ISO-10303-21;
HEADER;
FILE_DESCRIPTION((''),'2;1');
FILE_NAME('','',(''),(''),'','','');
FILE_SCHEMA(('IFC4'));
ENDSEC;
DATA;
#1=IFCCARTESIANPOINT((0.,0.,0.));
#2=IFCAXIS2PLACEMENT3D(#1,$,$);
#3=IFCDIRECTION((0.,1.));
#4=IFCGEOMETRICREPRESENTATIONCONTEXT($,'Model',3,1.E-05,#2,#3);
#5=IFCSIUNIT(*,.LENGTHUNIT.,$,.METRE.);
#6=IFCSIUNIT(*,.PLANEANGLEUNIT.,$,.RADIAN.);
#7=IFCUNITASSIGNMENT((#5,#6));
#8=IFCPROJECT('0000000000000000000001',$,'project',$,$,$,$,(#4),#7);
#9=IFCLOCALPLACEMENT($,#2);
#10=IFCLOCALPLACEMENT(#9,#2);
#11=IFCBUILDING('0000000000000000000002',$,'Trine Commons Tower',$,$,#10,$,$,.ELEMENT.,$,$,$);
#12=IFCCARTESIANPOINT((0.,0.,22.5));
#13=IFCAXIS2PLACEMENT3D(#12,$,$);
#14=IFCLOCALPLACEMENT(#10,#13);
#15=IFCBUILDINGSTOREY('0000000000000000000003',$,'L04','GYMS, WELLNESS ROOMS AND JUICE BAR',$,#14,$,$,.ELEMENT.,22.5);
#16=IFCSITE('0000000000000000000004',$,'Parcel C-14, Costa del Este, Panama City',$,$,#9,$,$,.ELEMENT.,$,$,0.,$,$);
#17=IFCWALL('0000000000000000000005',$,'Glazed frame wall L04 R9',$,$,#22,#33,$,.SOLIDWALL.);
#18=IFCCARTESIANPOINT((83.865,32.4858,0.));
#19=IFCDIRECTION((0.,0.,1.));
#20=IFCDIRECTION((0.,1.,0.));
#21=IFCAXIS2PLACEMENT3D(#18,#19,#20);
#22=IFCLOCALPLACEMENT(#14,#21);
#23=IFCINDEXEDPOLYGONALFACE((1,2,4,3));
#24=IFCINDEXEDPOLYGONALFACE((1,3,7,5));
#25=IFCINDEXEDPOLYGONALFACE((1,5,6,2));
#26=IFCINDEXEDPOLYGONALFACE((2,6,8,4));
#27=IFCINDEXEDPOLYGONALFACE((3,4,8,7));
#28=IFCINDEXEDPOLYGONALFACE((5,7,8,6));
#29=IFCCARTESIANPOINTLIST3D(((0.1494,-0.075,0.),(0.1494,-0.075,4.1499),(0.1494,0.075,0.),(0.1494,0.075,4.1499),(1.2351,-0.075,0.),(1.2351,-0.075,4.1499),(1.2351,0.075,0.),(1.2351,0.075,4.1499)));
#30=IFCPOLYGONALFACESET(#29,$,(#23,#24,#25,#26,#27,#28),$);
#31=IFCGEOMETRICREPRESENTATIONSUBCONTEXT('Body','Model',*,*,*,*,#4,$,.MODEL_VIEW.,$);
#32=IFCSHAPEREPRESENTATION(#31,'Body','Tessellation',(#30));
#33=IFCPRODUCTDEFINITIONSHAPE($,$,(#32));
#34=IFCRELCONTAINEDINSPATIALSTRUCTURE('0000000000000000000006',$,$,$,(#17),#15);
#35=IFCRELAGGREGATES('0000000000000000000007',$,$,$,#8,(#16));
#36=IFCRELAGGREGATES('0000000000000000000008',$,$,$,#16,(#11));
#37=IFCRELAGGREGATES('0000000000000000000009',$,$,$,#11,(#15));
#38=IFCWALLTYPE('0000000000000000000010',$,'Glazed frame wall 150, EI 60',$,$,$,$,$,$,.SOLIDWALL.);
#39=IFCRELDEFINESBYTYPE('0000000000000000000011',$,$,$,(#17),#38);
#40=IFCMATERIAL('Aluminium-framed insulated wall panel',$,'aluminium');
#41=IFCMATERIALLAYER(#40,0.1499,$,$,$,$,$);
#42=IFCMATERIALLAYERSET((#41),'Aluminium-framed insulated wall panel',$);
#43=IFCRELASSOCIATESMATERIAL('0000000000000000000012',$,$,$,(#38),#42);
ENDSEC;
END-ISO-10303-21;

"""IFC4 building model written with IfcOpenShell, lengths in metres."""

from ifc_helpers import new_model, si_unit, direction, frame, origin, place, context, subcontext, project, spatial, polyline, outline, extrude, material, layer, layer_set, type_object, element, save


model = new_model("IFC4")

# Units and contexts
model_context = context("Model", 3, precision=1e-05, world=origin(), true_north=direction((0.0, 1.0)))
body_context = subcontext(model_context, "Body", "Model", "MODEL_VIEW")
ifc_project = project(units=[si_unit("LENGTHUNIT", "METRE"), si_unit("PLANEANGLEUNIT", "RADIAN")], contexts=[model_context])

# Site, building, storey
site_placement = place(None, origin())
site = spatial("IfcSite", under=ifc_project, at=site_placement, Name="Parcel C-14, Costa del Este, Panama City", CompositionType="ELEMENT", RefElevation=0.0)
building_placement = place(site_placement, origin())
building = spatial("IfcBuilding", under=site, at=building_placement, Name="Trine Commons Tower", CompositionType="ELEMENT")
storey_placement = place(building_placement, frame((0.0, 0.0, 22.5)))
storey = spatial("IfcBuildingStorey", under=building, at=storey_placement, Name="L04", Description="GYMS, WELLNESS ROOMS AND JUICE BAR", CompositionType="ELEMENT", Elevation=22.5)

# Wall
ifc_material_1 = material(Name="Aluminium-framed insulated wall panel", Category="aluminium")
ifc_layer_1 = layer(ifc_material_1, 0.1499)
ifc_layer_set_1 = layer_set([ifc_layer_1], Name="Aluminium-framed insulated wall panel")
wall_type = type_object("IfcWallType", Name="Glazed frame wall 150, EI 60", PredefinedType="SOLIDWALL", material=ifc_layer_set_1)
wall_placement = place(storey_placement, frame((83.865, 32.4858, 0.0), z_axis=(0.0, 0.0, 1.0), x_axis=(0.0, 1.0, 0.0)))
element("IfcWall", 1, at=wall_placement, inside=storey, type_object=wall_type, Name="Glazed frame wall L04 R9", PredefinedType="SOLIDWALL", context=body_context, shape_type="SweptSolid", body=[
    extrude(outline(polyline([(0.1494, 0.075), (0.1494, -0.075), (1.2351, -0.075), (1.2351, 0.075), (0.1494, 0.075)])), origin(), (0.0, 0.0, 1.0), 4.1499),
])

save(model, "model.ifc")
